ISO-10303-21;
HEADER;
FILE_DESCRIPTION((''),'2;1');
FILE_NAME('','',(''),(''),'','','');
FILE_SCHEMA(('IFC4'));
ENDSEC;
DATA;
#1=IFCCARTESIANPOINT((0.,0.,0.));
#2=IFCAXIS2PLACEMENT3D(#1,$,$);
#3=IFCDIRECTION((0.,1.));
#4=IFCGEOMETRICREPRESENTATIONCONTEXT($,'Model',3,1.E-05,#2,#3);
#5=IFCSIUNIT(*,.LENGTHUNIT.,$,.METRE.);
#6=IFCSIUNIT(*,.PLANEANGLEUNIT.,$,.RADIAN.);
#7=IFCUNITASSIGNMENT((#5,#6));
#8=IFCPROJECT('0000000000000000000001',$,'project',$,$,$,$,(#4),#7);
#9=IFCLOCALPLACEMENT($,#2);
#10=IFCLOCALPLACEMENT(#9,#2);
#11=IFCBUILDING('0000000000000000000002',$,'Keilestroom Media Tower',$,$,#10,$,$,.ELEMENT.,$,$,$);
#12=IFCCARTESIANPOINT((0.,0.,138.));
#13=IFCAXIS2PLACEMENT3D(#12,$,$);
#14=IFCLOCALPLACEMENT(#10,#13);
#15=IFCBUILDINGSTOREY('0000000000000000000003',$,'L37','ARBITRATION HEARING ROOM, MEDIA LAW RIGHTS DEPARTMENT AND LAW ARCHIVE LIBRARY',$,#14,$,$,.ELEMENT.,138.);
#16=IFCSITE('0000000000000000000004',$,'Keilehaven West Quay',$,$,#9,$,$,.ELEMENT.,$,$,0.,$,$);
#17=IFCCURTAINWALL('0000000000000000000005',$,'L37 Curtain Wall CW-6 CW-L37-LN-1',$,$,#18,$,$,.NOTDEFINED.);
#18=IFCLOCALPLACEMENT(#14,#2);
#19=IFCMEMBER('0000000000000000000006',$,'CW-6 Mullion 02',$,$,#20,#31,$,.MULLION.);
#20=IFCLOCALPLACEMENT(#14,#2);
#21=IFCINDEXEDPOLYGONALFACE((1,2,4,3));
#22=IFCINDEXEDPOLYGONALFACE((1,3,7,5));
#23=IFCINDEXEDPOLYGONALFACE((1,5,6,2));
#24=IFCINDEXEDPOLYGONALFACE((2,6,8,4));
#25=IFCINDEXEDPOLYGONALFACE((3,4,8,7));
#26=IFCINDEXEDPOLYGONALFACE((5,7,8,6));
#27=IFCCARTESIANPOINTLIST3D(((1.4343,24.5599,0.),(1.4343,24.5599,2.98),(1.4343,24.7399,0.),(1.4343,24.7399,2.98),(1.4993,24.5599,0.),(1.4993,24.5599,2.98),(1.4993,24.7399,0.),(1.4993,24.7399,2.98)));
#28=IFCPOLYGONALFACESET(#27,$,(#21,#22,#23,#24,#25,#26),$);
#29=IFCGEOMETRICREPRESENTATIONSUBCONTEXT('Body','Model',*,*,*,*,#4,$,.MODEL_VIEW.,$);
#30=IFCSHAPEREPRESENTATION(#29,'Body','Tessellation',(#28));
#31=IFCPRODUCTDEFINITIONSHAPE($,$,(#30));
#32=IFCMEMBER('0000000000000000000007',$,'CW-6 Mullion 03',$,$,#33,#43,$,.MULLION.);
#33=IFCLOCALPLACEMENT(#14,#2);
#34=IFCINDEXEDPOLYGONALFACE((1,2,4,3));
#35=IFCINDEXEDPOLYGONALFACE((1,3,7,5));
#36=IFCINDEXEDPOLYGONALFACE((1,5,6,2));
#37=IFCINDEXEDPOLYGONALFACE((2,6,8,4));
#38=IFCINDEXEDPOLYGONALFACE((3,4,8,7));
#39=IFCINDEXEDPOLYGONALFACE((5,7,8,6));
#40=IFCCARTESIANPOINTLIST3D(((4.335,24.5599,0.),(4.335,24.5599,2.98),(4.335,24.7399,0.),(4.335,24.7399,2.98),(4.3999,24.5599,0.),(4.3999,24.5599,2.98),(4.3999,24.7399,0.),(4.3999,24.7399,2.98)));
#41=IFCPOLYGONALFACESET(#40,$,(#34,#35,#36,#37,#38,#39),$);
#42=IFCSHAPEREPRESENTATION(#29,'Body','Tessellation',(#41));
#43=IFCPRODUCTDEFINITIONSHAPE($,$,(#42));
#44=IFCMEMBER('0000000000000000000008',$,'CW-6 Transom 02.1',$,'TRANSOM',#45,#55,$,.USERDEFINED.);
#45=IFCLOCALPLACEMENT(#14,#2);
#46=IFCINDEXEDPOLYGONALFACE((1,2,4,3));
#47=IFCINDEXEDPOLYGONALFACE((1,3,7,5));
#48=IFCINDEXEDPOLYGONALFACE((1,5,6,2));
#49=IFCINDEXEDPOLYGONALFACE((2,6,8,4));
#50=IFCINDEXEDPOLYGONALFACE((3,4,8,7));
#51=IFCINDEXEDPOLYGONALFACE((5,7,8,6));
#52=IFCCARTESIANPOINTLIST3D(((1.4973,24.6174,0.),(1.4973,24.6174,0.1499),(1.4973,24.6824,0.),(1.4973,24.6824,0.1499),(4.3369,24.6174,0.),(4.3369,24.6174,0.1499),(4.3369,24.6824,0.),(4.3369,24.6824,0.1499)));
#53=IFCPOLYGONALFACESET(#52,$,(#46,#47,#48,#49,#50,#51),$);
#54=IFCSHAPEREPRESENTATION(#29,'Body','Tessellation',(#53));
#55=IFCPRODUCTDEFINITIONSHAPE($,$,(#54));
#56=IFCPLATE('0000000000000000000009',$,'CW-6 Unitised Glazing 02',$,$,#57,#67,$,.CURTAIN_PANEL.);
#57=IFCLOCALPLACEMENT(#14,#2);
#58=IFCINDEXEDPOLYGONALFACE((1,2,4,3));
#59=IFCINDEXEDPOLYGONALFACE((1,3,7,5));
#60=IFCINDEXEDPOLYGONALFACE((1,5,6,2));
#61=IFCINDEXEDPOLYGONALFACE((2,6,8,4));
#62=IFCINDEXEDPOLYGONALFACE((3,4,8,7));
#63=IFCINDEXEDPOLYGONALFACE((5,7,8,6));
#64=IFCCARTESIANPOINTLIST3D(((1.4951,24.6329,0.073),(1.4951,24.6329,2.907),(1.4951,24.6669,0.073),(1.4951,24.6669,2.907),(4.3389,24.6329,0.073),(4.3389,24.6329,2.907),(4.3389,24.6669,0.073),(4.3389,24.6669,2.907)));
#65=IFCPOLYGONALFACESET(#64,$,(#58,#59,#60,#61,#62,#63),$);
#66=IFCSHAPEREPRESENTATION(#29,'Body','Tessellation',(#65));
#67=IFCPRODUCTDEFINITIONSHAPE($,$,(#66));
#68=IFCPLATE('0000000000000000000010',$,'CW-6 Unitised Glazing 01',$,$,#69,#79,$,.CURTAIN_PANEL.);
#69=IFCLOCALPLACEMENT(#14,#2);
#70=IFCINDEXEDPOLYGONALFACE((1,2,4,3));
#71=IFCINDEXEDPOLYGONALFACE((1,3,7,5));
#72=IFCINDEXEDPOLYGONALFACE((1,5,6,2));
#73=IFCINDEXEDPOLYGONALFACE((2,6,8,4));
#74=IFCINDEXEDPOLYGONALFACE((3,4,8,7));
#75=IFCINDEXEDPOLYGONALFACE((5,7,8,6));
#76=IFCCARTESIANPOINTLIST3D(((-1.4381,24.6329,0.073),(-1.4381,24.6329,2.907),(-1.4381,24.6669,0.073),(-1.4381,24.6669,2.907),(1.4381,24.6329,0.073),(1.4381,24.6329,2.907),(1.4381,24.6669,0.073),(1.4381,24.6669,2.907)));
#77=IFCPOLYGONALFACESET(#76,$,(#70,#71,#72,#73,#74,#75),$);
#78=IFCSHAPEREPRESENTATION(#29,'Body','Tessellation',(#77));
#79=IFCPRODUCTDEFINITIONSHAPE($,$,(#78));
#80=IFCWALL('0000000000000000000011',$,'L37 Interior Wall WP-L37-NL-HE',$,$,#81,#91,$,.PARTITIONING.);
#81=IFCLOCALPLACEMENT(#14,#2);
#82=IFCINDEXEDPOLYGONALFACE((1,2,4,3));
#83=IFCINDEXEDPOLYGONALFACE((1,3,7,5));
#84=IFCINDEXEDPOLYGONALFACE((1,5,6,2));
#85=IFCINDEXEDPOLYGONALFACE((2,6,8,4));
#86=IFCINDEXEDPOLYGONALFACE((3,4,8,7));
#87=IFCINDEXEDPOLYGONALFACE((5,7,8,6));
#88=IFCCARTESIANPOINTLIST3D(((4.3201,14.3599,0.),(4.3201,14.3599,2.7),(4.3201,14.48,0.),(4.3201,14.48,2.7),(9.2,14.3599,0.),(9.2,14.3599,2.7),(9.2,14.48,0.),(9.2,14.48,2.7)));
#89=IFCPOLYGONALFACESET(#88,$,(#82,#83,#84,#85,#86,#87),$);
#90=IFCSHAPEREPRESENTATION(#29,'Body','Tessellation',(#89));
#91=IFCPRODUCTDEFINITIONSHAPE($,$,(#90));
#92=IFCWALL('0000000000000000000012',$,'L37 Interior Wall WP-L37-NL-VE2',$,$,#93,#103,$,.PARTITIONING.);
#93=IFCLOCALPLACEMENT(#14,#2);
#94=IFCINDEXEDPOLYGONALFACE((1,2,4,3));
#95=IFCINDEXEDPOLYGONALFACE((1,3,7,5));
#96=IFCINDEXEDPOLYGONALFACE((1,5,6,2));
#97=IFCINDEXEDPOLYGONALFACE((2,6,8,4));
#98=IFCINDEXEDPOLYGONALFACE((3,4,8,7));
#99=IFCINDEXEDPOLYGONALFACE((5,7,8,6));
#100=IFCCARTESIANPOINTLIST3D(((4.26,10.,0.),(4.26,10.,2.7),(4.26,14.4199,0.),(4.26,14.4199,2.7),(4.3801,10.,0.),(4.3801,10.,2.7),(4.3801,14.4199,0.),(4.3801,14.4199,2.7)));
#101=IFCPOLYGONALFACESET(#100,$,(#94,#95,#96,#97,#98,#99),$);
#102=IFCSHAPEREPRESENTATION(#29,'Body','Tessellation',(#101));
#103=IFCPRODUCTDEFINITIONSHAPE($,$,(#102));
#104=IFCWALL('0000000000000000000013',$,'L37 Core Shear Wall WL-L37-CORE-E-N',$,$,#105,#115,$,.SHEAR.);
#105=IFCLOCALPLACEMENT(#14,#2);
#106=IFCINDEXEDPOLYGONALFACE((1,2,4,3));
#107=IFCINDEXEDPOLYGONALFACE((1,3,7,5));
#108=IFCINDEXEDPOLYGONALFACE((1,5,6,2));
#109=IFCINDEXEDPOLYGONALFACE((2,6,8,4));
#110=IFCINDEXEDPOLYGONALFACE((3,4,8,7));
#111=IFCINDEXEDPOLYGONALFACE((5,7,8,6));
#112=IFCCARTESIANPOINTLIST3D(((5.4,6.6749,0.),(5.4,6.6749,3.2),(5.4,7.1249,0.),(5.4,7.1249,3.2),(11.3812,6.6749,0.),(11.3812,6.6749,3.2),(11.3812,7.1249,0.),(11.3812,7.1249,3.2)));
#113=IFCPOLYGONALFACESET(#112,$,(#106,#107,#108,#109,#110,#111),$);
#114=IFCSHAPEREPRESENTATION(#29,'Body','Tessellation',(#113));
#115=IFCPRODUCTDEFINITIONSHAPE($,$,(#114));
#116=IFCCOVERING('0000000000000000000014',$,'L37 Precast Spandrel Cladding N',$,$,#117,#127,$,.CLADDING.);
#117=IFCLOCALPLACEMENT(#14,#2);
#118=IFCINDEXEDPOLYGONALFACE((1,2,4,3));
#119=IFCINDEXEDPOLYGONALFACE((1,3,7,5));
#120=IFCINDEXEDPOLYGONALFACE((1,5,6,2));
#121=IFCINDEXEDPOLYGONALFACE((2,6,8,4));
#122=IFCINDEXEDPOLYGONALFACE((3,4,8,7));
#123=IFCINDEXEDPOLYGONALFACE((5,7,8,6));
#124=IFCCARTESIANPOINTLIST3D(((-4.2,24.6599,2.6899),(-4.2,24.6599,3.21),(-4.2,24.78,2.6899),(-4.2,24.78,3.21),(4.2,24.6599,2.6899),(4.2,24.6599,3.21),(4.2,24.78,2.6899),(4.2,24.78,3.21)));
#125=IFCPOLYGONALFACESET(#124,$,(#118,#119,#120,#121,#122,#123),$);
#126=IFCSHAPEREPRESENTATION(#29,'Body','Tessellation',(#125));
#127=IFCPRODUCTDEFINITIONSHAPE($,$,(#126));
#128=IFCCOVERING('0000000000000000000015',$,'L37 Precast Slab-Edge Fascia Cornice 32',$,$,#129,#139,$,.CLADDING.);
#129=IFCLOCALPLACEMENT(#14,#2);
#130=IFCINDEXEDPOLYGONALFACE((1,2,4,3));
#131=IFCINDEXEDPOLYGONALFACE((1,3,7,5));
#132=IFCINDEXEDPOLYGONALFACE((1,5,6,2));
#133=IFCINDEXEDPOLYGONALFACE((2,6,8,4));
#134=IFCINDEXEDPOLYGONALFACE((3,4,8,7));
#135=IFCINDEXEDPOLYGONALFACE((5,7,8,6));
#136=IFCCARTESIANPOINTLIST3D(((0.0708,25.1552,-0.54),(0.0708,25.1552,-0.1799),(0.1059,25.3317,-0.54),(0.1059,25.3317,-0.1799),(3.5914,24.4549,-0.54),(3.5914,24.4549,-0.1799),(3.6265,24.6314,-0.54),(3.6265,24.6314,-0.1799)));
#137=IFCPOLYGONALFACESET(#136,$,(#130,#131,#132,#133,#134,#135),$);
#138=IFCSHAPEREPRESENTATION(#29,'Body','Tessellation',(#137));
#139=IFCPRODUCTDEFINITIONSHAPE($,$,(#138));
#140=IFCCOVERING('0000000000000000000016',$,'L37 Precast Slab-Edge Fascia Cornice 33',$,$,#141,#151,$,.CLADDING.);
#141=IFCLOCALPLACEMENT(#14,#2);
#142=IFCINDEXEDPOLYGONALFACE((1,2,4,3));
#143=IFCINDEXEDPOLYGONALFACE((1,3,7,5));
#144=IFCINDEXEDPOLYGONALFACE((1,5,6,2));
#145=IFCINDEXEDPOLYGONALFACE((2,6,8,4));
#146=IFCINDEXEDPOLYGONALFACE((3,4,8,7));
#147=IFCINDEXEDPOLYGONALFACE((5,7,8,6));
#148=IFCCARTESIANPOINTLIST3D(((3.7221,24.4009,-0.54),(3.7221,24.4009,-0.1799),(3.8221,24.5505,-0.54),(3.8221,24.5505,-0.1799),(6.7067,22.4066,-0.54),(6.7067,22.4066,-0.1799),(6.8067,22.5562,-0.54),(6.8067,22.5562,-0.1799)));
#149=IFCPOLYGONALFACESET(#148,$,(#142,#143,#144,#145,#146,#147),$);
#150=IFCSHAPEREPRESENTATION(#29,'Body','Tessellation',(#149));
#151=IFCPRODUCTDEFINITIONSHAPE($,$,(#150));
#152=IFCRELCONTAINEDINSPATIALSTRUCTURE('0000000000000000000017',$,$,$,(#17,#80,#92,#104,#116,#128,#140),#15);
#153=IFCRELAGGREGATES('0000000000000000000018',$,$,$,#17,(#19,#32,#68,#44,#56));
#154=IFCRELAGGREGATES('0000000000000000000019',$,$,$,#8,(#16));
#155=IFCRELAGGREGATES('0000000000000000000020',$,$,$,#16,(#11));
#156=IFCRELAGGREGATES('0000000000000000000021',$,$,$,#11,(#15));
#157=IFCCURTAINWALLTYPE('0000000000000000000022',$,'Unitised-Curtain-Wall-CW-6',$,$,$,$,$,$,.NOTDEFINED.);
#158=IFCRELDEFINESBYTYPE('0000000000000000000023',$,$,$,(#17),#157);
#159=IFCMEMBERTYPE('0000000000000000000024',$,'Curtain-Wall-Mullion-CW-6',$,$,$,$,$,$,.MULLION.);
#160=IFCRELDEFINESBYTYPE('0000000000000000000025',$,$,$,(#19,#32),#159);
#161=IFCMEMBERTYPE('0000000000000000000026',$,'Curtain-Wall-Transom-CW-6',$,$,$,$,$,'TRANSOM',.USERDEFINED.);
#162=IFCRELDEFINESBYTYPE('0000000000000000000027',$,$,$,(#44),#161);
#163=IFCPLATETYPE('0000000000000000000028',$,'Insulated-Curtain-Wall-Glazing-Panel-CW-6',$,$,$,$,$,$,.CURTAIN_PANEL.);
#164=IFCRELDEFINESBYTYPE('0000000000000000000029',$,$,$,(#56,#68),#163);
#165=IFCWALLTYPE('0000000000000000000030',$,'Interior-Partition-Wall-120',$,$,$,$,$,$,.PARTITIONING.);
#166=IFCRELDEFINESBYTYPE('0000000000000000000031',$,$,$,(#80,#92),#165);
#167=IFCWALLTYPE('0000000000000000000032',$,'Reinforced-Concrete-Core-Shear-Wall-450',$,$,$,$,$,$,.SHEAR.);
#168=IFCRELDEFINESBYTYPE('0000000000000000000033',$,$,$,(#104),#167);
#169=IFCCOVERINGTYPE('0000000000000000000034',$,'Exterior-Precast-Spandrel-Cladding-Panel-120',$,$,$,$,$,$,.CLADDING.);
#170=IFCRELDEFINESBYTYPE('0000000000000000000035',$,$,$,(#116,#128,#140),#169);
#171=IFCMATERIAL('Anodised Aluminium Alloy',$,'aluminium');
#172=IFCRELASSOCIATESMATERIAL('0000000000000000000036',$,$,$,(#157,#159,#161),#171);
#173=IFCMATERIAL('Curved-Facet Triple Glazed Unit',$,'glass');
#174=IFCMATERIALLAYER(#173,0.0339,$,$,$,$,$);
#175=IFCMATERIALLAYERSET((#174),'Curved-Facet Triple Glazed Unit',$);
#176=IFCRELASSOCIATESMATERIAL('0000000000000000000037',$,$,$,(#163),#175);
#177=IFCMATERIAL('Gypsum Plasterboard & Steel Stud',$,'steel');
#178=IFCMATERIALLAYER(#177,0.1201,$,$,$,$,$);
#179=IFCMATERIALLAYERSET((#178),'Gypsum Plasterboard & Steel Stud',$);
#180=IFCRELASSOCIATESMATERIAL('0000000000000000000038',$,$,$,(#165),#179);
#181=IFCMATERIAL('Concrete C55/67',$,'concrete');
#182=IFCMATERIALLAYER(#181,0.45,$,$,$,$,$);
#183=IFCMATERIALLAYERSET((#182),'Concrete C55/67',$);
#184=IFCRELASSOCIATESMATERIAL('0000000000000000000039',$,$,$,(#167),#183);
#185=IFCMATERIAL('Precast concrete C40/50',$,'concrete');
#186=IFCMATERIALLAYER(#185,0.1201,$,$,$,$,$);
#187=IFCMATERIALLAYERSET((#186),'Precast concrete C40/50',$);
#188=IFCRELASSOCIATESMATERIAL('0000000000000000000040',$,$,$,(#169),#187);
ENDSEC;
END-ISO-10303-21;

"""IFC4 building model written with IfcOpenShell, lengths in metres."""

from ifc_helpers import new_model, si_unit, direction, frame, frame_2d, origin, origin_2d, place, context, subcontext, project, spatial, rectangle, extrude, source, transform, mapped, material, layer, layer_set, material_profile, profile_set, type_object, element, aggregate, save


model = new_model("IFC4")

# Units and contexts
model_context = context("Model", 3, precision=1e-05, world=origin(), true_north=direction((0.0, 1.0)))
body_context = subcontext(model_context, "Body", "Model", "MODEL_VIEW")
ifc_project = project(units=[si_unit("LENGTHUNIT", "METRE"), si_unit("PLANEANGLEUNIT", "RADIAN")], contexts=[model_context])

# Site, building, storey
site_placement = place(None, origin())
site = spatial("IfcSite", under=ifc_project, at=site_placement, Name="Keilehaven West Quay", CompositionType="ELEMENT", RefElevation=0.0)
building_placement = place(site_placement, origin())
building = spatial("IfcBuilding", under=site, at=building_placement, Name="Keilestroom Media Tower", CompositionType="ELEMENT")
storey_placement = place(building_placement, frame((0.0, 0.0, 138.0)))
storey = spatial("IfcBuildingStorey", under=building, at=storey_placement, Name="L37", Description="ARBITRATION HEARING ROOM, MEDIA LAW RIGHTS DEPARTMENT AND LAW ARCHIVE LIBRARY", CompositionType="ELEMENT", Elevation=138.0)

# Shared definitions
ifc_material_1 = material(Name="Concrete C55/67", Category="concrete")

# Curtain wall, members, plates
ifc_material_2 = material(Name="Anodised Aluminium Alloy", Category="aluminium")
curtain_wall_type = type_object("IfcCurtainWallType", Name="Unitised-Curtain-Wall-CW-6", PredefinedType="NOTDEFINED", material=ifc_material_2)
curtain_wall_placement = place(storey_placement, origin())
curtain_wall = element("IfcCurtainWall", 1, at=curtain_wall_placement, inside=storey, type_object=curtain_wall_type, Name="L37 Curtain Wall CW-6 CW-L37-LN-1", PredefinedType="NOTDEFINED")
ifc_material_profile_1 = material_profile(ifc_material_2, rectangle(XDim=0.0649, YDim=0.1799, at=origin_2d()), Name="ALU MULLION 65x180")
ifc_profile_set_1 = profile_set([ifc_material_profile_1], Name="Anodised Aluminium Alloy")
member_type_1 = type_object("IfcMemberType", Name="Curtain-Wall-Mullion-CW-6", PredefinedType="MULLION", material=ifc_profile_set_1)
shared_shape_1 = source(origin(), body_context, "Body", "SweptSolid", [
    extrude(rectangle(XDim=0.0649, YDim=0.1799, at=origin_2d()), origin(), (0.0, 0.0, 1.0), 2.98),
])
member_1_placement = place(storey_placement, frame((1.4668, 24.6499, 0.0), z_axis=(0.0, 0.0, 1.0), x_axis=(1.0, 0.0, 0.0)))
member_1 = element("IfcMember", 2, at=member_1_placement, type_object=member_type_1, Name="CW-6 Mullion 02", PredefinedType="MULLION", context=body_context, shape_type="MappedRepresentation", body=[
    mapped(shared_shape_1, transform((0.0, 0.0, 0.0), x_axis=(1.0, 0.0, 0.0), y_axis=(0.0, 1.0, 0.0), z_axis=(0.0, 0.0, 1.0), scale=1.0)),
])
member_2_placement = place(storey_placement, frame((4.3674, 24.6499, 0.0), z_axis=(0.0, 0.0, 1.0), x_axis=(1.0, 0.0, 0.0)))
member_2 = element("IfcMember", 3, at=member_2_placement, type_object=member_type_1, Name="CW-6 Mullion 03", PredefinedType="MULLION", context=body_context, shape_type="MappedRepresentation", body=[
    mapped(shared_shape_1, transform((0.0, 0.0, 0.0), x_axis=(1.0, 0.0, 0.0), y_axis=(0.0, 1.0, 0.0), z_axis=(0.0, 0.0, 1.0), scale=1.0)),
])
ifc_material_profile_2 = material_profile(ifc_material_2, rectangle(XDim=0.0649, YDim=0.1499, at=origin_2d()), Name="ALU TRANSOM 65x150")
ifc_profile_set_2 = profile_set([ifc_material_profile_2], Name="Anodised Aluminium Alloy")
member_type_2 = type_object("IfcMemberType", Name="Curtain-Wall-Transom-CW-6", ElementType="TRANSOM", PredefinedType="USERDEFINED", material=ifc_profile_set_2)
shared_shape_2 = source(origin(), body_context, "Body", "SweptSolid", [
    extrude(rectangle(XDim=0.0649, YDim=0.1499, at=origin_2d()), origin(), (0.0, 0.0, 1.0), 2.8396),
])
member_3_placement = place(storey_placement, frame((1.4973, 24.6499, 0.075), z_axis=(1.0, 0.0, 0.0), x_axis=(0.0, 1.0, 0.0)))
member_3 = element("IfcMember", 4, at=member_3_placement, type_object=member_type_2, Name="CW-6 Transom 02.1", ObjectType="TRANSOM", PredefinedType="USERDEFINED", context=body_context, shape_type="MappedRepresentation", body=[
    mapped(shared_shape_2, transform((0.0, 0.0, 0.0), x_axis=(1.0, 0.0, 0.0), y_axis=(0.0, 1.0, 0.0), z_axis=(0.0, 0.0, 1.0), scale=1.0)),
])
ifc_material_3 = material(Name="Curved-Facet Triple Glazed Unit", Category="glass")
ifc_layer_1 = layer(ifc_material_3, 0.0339)
ifc_layer_set_1 = layer_set([ifc_layer_1], Name="Curved-Facet Triple Glazed Unit")
plate_type = type_object("IfcPlateType", Name="Insulated-Curtain-Wall-Glazing-Panel-CW-6", PredefinedType="CURTAIN_PANEL", material=ifc_layer_set_1)
shared_shape_3 = source(origin(), body_context, "Body", "SweptSolid", [
    extrude(rectangle(XDim=2.8438, YDim=0.0339, at=origin_2d()), origin(), (0.0, 0.0, 1.0), 2.834),
])
plate_1_placement = place(storey_placement, frame((2.917, 24.6499, 0.073), z_axis=(0.0, 0.0, 1.0), x_axis=(1.0, 0.0, 0.0)))
plate_1 = element("IfcPlate", 5, at=plate_1_placement, type_object=plate_type, Name="CW-6 Unitised Glazing 02", PredefinedType="CURTAIN_PANEL", context=body_context, shape_type="MappedRepresentation", body=[
    mapped(shared_shape_3, transform((0.0, 0.0, 0.0), x_axis=(1.0, 0.0, 0.0), y_axis=(0.0, 1.0, 0.0), z_axis=(0.0, 0.0, 1.0), scale=1.0)),
])
shared_shape_4 = source(origin(), body_context, "Body", "SweptSolid", [
    extrude(rectangle(XDim=2.8762, YDim=0.0339, at=origin_2d()), origin(), (0.0, 0.0, 1.0), 2.834),
])
plate_2_placement = place(storey_placement, frame((0.0, 24.6499, 0.073), z_axis=(0.0, 0.0, 1.0), x_axis=(1.0, 0.0, 0.0)))
plate_2 = element("IfcPlate", 6, at=plate_2_placement, type_object=plate_type, Name="CW-6 Unitised Glazing 01", PredefinedType="CURTAIN_PANEL", context=body_context, shape_type="MappedRepresentation", body=[
    mapped(shared_shape_4, transform((0.0, 0.0, 0.0), x_axis=(1.0, 0.0, 0.0), y_axis=(0.0, 1.0, 0.0), z_axis=(0.0, 0.0, 1.0), scale=1.0)),
])
aggregate(curtain_wall, [member_1, member_2, plate_2, member_3, plate_1])

# Walls
ifc_material_4 = material(Name="Gypsum Plasterboard & Steel Stud", Category="steel")
ifc_layer_2 = layer(ifc_material_4, 0.1201)
ifc_layer_set_2 = layer_set([ifc_layer_2], Name="Gypsum Plasterboard & Steel Stud")
wall_type_1 = type_object("IfcWallType", Name="Interior-Partition-Wall-120", PredefinedType="PARTITIONING", material=ifc_layer_set_2)
wall_1_placement = place(storey_placement, frame((4.3201, 14.4199, 0.0), z_axis=(0.0, 0.0, 1.0), x_axis=(1.0, 0.0, 0.0)))
element("IfcWall", 7, at=wall_1_placement, inside=storey, type_object=wall_type_1, Name="L37 Interior Wall WP-L37-NL-HE", PredefinedType="PARTITIONING", context=body_context, shape_type="SweptSolid", body=[
    extrude(rectangle(XDim=4.8799, YDim=0.1201, at=frame_2d((2.4399, 0.0))), origin(), (0.0, 0.0, 1.0), 2.7),
])
wall_2_placement = place(storey_placement, frame((4.3201, 10.0, 0.0), z_axis=(0.0, 0.0, 1.0), x_axis=(0.0, 1.0, 0.0)))
element("IfcWall", 8, at=wall_2_placement, inside=storey, type_object=wall_type_1, Name="L37 Interior Wall WP-L37-NL-VE2", PredefinedType="PARTITIONING", context=body_context, shape_type="SweptSolid", body=[
    extrude(rectangle(XDim=4.4199, YDim=0.1201, at=frame_2d((2.21, 0.0))), origin(), (0.0, 0.0, 1.0), 2.7),
])
ifc_layer_3 = layer(ifc_material_1, 0.45)
ifc_layer_set_3 = layer_set([ifc_layer_3], Name="Concrete C55/67")
wall_type_2 = type_object("IfcWallType", Name="Reinforced-Concrete-Core-Shear-Wall-450", PredefinedType="SHEAR", material=ifc_layer_set_3)
wall_3_placement = place(storey_placement, frame((5.3999, 6.8999, 0.0), z_axis=(0.0, 0.0, 1.0), x_axis=(1.0, 0.0, 0.0)))
element("IfcWall", 9, at=wall_3_placement, inside=storey, type_object=wall_type_2, Name="L37 Core Shear Wall WL-L37-CORE-E-N", PredefinedType="SHEAR", context=body_context, shape_type="SweptSolid", body=[
    extrude(rectangle(XDim=5.9812, YDim=0.45, at=frame_2d((2.9907, 0.0))), origin(), (0.0, 0.0, 1.0), 3.2),
])

# Coverings
ifc_material_5 = material(Name="Precast concrete C40/50", Category="concrete")
ifc_layer_4 = layer(ifc_material_5, 0.1201)
ifc_layer_set_4 = layer_set([ifc_layer_4], Name="Precast concrete C40/50")
covering_type = type_object("IfcCoveringType", Name="Exterior-Precast-Spandrel-Cladding-Panel-120", PredefinedType="CLADDING", material=ifc_layer_set_4)
shared_shape_5 = source(origin(), body_context, "Body", "SweptSolid", [
    extrude(rectangle(XDim=8.3999, YDim=0.1201, at=origin_2d()), origin(), (0.0, 0.0, 1.0), 0.52),
])
covering_placement = place(storey_placement, frame((0.0, 24.72, 2.6899), z_axis=(0.0, 0.0, 1.0), x_axis=(1.0, 0.0, 0.0)))
element("IfcCovering", 10, at=covering_placement, inside=storey, type_object=covering_type, Name="L37 Precast Spandrel Cladding N", PredefinedType="CLADDING", context=body_context, shape_type="MappedRepresentation", body=[
    mapped(shared_shape_5, transform((0.0, 0.0, 0.0), x_axis=(1.0, 0.0, 0.0), y_axis=(0.0, 1.0, 0.0), z_axis=(0.0, 0.0, 1.0), scale=1.0)),
])
shared_shape_6 = source(origin(), body_context, "Body", "SweptSolid", [
    extrude(rectangle(XDim=3.5896, YDim=0.1799, at=origin_2d()), origin(), (0.0, 0.0, 1.0), 0.3601),
])
for number, where, z_axis, x_axis, name in (
    (11, (1.8486, 24.8933, -0.54), (0.0, 0.0, 1.0), (0.980784, -0.195099, 0.0), "L37 Precast Slab-Edge Fascia Cornice 32"),
    (12, (5.2644, 23.4785, -0.54), (0.0, 0.0, 1.0), (0.831467, -0.555575, 0.0), "L37 Precast Slab-Edge Fascia Cornice 33"),
):
    element("IfcCovering", number, at=place(storey_placement, frame(where, z_axis=z_axis, x_axis=x_axis)), inside=storey, type_object=covering_type, Name=name, PredefinedType="CLADDING", context=body_context, shape_type="MappedRepresentation", body=[
        mapped(shared_shape_6, transform((0.0, 0.0, 0.0), x_axis=(1.0, 0.0, 0.0), y_axis=(0.0, 1.0, 0.0), z_axis=(0.0, 0.0, 1.0), scale=1.0)),
    ])

save(model, "model.ifc")
